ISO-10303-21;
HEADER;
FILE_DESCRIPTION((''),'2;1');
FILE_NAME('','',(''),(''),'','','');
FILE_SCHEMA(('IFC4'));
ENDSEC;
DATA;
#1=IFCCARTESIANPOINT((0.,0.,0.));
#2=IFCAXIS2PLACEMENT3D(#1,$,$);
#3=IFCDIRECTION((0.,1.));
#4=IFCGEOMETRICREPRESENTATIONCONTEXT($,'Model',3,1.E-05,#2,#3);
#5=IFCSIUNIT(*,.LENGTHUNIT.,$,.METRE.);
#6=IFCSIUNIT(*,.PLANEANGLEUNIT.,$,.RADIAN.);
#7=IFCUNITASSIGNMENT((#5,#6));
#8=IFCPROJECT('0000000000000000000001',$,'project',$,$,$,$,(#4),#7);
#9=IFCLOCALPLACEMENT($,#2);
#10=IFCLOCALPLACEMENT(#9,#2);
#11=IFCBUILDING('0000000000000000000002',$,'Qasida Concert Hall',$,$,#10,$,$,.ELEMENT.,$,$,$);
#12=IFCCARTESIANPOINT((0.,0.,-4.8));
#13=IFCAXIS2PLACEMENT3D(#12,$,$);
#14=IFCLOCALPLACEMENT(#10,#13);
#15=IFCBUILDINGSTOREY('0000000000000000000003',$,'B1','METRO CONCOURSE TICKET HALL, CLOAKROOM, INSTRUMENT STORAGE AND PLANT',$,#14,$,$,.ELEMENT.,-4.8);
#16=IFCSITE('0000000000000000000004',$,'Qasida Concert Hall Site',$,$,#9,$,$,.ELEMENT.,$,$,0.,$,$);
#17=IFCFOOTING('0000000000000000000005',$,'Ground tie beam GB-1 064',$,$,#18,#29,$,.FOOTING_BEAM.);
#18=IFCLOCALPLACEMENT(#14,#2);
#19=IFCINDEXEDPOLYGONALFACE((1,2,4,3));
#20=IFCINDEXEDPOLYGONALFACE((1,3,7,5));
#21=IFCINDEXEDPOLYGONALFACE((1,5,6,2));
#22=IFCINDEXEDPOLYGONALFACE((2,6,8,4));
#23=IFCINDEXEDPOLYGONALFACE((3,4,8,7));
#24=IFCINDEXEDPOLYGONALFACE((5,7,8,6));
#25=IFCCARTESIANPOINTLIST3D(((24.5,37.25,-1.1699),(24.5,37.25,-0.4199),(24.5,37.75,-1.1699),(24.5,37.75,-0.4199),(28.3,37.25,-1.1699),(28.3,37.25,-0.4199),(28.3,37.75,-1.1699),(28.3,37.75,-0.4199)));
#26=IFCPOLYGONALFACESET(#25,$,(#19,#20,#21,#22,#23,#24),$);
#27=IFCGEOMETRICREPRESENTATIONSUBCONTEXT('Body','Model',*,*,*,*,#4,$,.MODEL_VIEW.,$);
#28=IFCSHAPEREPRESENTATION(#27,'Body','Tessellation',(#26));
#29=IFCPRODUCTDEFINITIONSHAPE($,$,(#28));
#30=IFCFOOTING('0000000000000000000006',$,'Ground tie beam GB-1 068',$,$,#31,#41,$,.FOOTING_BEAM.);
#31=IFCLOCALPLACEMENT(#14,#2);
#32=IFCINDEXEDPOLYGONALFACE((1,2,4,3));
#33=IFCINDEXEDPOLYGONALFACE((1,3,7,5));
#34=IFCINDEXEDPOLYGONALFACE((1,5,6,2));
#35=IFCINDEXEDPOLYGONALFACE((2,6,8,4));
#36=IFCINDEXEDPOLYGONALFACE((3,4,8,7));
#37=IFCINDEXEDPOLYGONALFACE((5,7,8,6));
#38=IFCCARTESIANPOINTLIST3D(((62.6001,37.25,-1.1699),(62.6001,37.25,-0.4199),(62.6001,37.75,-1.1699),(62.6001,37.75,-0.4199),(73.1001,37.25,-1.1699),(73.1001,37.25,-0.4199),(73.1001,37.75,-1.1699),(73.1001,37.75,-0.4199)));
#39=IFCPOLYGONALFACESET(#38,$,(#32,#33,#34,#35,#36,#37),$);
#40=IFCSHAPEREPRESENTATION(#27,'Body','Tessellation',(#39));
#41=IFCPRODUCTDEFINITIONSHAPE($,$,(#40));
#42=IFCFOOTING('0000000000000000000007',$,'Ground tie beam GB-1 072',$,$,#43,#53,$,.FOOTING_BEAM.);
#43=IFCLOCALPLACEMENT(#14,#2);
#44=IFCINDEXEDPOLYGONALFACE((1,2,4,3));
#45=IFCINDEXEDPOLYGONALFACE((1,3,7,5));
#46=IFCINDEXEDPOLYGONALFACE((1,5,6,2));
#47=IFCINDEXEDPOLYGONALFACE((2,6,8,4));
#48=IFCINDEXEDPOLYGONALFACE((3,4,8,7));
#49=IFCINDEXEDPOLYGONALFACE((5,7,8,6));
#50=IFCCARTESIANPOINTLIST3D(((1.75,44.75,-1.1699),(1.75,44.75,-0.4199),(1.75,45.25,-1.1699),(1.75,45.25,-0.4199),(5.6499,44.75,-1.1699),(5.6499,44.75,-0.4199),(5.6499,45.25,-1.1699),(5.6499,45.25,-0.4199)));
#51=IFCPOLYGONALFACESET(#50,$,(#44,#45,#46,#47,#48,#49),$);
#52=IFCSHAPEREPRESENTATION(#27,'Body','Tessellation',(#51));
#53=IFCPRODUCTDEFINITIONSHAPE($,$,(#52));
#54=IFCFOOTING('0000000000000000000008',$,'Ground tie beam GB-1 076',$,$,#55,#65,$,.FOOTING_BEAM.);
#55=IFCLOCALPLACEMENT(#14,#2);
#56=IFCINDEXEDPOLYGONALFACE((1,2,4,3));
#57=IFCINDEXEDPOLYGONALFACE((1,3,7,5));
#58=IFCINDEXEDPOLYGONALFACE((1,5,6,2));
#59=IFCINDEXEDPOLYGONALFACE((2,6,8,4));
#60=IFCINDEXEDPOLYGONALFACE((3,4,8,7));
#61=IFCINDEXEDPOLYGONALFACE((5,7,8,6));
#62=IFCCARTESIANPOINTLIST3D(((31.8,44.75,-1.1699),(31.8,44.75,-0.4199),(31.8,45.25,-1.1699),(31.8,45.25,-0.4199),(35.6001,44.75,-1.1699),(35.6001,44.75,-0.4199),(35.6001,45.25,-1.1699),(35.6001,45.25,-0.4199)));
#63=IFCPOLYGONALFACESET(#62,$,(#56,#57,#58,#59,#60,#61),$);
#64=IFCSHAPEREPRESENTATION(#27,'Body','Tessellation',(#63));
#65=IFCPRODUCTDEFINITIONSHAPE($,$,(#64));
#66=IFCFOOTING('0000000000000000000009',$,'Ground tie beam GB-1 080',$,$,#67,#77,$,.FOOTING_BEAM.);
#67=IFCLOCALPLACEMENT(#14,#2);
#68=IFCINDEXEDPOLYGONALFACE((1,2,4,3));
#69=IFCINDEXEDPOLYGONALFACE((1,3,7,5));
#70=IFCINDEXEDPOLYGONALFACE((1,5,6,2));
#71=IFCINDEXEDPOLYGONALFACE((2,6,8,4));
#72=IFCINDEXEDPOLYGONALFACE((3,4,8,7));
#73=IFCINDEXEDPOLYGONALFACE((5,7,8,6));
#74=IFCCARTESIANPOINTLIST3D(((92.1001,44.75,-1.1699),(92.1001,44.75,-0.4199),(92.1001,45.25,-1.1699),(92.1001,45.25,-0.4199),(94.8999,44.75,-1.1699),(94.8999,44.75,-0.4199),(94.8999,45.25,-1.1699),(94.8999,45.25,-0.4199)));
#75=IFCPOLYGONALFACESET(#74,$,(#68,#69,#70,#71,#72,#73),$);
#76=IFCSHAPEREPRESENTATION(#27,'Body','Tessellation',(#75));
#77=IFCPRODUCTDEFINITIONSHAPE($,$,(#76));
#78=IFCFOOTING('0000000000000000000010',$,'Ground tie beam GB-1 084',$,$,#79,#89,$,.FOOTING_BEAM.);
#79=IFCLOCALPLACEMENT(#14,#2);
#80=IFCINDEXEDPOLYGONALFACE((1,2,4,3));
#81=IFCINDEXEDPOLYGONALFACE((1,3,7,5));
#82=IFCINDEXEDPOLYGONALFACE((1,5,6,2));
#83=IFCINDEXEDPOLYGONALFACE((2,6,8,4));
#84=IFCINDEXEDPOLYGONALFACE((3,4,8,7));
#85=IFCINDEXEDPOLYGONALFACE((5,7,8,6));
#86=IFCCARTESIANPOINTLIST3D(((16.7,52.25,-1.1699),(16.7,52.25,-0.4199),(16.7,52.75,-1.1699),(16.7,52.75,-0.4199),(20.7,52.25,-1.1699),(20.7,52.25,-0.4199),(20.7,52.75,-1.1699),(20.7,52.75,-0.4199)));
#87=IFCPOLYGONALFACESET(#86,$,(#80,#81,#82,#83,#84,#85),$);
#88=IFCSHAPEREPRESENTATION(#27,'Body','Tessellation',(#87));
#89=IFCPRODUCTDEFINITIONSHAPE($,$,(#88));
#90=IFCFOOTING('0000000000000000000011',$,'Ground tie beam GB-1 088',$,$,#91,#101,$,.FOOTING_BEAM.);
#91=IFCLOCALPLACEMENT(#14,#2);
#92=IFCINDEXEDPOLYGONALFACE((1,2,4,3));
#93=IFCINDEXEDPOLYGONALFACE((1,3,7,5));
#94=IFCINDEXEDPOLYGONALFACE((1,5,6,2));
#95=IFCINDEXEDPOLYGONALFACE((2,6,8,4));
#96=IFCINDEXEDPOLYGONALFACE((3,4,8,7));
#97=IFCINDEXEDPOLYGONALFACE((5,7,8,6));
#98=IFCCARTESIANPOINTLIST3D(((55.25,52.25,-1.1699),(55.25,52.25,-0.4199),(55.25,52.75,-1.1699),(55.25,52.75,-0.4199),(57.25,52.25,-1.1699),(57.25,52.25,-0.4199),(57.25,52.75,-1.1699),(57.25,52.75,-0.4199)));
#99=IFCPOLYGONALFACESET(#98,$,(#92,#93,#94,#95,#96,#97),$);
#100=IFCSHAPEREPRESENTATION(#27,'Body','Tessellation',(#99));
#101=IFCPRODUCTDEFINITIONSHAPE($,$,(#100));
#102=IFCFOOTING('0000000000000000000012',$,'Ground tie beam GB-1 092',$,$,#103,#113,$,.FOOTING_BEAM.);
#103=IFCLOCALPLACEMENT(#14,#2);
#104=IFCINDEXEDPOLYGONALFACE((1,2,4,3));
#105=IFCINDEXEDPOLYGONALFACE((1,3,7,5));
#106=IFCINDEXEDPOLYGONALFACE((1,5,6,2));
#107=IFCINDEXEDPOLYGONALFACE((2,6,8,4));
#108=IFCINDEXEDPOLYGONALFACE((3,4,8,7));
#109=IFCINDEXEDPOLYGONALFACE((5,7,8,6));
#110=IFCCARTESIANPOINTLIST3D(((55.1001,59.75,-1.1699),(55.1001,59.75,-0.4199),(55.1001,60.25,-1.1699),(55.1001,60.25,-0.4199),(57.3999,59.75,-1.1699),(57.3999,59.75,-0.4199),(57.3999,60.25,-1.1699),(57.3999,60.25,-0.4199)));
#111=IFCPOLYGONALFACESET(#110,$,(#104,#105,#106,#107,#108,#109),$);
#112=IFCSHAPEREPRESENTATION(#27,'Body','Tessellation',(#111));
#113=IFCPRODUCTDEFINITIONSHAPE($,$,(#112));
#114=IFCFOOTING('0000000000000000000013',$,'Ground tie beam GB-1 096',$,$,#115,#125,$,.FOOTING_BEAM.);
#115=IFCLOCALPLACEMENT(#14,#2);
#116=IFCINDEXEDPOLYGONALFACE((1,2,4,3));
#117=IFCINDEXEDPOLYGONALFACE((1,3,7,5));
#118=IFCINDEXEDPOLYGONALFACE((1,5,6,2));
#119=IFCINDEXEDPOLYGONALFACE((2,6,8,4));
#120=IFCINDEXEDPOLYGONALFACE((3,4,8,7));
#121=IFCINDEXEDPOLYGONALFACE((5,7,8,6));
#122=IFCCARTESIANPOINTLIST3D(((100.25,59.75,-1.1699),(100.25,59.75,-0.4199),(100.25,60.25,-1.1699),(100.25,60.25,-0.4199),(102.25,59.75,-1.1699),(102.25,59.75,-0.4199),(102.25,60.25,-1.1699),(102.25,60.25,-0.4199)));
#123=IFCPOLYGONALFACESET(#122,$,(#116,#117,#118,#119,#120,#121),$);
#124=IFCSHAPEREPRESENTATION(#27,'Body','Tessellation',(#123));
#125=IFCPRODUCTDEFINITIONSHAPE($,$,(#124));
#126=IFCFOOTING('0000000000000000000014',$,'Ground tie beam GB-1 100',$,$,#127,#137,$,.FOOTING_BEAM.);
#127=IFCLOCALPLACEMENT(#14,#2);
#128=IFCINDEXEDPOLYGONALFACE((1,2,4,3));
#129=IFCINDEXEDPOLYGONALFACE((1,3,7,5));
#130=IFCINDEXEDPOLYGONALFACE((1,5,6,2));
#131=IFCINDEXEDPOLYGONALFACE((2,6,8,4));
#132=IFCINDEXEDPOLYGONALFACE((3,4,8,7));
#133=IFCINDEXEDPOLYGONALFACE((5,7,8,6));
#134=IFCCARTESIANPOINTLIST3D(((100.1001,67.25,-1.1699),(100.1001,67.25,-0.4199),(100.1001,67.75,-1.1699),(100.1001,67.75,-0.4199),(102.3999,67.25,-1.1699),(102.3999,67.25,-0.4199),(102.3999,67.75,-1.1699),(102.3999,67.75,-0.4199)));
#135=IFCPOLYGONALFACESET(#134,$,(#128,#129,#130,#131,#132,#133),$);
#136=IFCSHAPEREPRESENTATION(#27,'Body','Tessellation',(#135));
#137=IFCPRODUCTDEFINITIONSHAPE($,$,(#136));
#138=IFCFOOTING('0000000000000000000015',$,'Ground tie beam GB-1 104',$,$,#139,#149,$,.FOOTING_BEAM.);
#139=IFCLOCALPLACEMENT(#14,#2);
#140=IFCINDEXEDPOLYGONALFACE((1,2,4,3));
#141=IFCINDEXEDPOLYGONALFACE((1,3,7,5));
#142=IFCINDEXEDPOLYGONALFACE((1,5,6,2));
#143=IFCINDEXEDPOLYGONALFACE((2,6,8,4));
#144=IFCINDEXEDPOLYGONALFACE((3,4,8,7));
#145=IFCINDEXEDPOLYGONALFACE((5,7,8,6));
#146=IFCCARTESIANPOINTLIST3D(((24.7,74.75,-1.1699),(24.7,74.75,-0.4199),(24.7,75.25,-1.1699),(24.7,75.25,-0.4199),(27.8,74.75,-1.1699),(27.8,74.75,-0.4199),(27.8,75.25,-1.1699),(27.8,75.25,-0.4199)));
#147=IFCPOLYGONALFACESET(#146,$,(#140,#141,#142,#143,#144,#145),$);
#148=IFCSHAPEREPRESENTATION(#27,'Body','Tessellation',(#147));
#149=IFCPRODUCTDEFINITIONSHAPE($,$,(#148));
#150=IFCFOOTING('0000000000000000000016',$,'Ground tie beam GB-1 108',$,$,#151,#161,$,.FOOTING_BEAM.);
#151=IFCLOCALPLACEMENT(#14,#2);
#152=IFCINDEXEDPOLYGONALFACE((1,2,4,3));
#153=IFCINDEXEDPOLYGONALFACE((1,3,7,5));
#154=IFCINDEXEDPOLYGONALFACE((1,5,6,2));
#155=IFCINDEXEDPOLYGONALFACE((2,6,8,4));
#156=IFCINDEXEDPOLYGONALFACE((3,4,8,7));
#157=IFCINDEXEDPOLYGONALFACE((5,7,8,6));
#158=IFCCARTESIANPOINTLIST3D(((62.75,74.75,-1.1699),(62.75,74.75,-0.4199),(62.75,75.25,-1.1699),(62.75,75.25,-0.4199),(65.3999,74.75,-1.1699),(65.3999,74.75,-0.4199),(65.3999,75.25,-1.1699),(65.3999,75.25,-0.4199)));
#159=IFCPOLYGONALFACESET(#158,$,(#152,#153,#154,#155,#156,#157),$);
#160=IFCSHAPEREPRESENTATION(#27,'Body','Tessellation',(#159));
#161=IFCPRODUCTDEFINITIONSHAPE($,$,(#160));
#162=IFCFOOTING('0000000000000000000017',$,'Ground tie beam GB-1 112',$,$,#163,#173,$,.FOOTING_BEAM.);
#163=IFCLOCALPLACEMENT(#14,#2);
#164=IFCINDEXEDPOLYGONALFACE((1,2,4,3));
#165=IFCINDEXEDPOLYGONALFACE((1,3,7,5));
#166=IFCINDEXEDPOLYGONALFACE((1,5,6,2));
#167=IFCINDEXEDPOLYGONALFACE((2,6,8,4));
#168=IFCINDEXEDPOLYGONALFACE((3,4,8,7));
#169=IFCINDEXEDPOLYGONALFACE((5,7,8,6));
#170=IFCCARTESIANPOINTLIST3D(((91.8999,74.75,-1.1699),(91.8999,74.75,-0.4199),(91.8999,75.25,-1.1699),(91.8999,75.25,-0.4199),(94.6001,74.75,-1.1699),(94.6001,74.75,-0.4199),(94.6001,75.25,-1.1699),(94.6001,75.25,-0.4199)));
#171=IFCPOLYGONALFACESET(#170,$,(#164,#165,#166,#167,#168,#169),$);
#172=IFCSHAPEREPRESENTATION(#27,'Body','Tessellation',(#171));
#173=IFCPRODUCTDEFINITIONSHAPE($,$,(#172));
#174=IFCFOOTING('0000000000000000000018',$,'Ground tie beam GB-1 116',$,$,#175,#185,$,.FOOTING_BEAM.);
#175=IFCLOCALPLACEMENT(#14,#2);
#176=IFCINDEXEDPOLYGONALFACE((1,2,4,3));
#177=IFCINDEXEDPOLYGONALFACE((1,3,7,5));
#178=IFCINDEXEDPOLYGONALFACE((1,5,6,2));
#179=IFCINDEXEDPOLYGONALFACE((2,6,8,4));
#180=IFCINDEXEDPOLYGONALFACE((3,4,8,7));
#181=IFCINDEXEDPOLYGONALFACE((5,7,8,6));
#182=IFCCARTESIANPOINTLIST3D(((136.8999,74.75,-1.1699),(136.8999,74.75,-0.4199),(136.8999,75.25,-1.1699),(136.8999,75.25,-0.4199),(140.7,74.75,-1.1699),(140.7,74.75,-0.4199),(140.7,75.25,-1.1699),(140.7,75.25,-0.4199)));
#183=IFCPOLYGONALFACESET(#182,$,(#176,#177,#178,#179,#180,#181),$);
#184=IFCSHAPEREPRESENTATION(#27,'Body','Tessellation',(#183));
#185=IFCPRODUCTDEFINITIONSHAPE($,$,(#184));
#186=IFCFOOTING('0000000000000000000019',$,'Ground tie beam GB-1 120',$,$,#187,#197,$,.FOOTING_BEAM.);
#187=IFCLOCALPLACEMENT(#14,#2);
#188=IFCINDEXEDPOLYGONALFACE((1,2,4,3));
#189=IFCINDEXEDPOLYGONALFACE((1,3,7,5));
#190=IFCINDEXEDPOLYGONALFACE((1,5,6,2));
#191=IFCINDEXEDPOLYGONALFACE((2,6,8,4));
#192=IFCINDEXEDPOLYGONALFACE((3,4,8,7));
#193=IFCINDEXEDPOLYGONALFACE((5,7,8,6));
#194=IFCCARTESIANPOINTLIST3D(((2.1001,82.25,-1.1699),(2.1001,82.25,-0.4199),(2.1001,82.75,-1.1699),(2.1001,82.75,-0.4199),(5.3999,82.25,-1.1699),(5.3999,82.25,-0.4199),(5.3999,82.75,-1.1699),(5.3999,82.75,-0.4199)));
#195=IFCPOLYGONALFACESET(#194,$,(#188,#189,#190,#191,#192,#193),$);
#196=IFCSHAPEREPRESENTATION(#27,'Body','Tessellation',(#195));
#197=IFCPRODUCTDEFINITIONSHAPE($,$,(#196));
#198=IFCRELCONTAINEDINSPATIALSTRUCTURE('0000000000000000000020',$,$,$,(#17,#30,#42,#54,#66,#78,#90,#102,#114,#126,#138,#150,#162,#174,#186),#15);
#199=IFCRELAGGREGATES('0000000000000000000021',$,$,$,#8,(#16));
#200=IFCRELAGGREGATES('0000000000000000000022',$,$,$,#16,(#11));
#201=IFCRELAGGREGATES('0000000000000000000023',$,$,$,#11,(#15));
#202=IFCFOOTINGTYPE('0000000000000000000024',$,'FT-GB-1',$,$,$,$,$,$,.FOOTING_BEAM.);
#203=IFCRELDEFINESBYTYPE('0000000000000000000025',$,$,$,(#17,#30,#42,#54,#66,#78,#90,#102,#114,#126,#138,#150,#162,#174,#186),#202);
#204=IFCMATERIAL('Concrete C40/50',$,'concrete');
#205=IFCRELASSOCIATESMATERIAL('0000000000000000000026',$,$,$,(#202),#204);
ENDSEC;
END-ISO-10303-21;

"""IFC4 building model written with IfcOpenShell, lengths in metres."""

from ifc_helpers import new_model, si_unit, direction, frame, origin, place, context, subcontext, project, spatial, polyline, outline, extrude, material, type_object, element, save


model = new_model("IFC4")

# Units and contexts
model_context = context("Model", 3, precision=1e-05, world=origin(), true_north=direction((0.0, 1.0)))
body_context = subcontext(model_context, "Body", "Model", "MODEL_VIEW")
ifc_project = project(units=[si_unit("LENGTHUNIT", "METRE"), si_unit("PLANEANGLEUNIT", "RADIAN")], contexts=[model_context])

# Site, building, storey
site_placement = place(None, origin())
site = spatial("IfcSite", under=ifc_project, at=site_placement, Name="Qasida Concert Hall Site", CompositionType="ELEMENT", RefElevation=0.0)
building_placement = place(site_placement, origin())
building = spatial("IfcBuilding", under=site, at=building_placement, Name="Qasida Concert Hall", CompositionType="ELEMENT")
storey_placement = place(building_placement, frame((0.0, 0.0, -4.8)))
storey = spatial("IfcBuildingStorey", under=building, at=storey_placement, Name="B1", Description="METRO CONCOURSE TICKET HALL, CLOAKROOM, INSTRUMENT STORAGE AND PLANT", CompositionType="ELEMENT", Elevation=-4.8)

# Footings
ifc_material = material(Name="Concrete C40/50", Category="concrete")
footing_type_1 = type_object("IfcFootingType", Name="FT-GB-1", PredefinedType="FOOTING_BEAM", material=ifc_material)
footing_1_placement = place(storey_placement, frame((0.0, 0.0, -1.1699)))
element("IfcFooting", 1, at=footing_1_placement, inside=storey, type_object=footing_type_1, Name="Ground tie beam GB-1 064", PredefinedType="FOOTING_BEAM", context=body_context, shape_type="SweptSolid", body=[
    extrude(outline(polyline([(24.5, 37.25), (28.3, 37.25), (28.3, 37.75), (24.5, 37.75), (24.5, 37.25)])), origin(), (0.0, 0.0, 1.0), 0.75),
])
footing_2_placement = place(storey_placement, frame((0.0, 0.0, -1.1699)))
element("IfcFooting", 2, at=footing_2_placement, inside=storey, type_object=footing_type_1, Name="Ground tie beam GB-1 068", PredefinedType="FOOTING_BEAM", context=body_context, shape_type="SweptSolid", body=[
    extrude(outline(polyline([(62.6001, 37.25), (73.1001, 37.25), (73.1001, 37.75), (62.6001, 37.75), (62.6001, 37.25)])), origin(), (0.0, 0.0, 1.0), 0.75),
])
footing_3_placement = place(storey_placement, frame((0.0, 0.0, -1.1699)))
element("IfcFooting", 3, at=footing_3_placement, inside=storey, type_object=footing_type_1, Name="Ground tie beam GB-1 072", PredefinedType="FOOTING_BEAM", context=body_context, shape_type="SweptSolid", body=[
    extrude(outline(polyline([(1.75, 44.75), (5.6499, 44.75), (5.6499, 45.25), (1.75, 45.25), (1.75, 44.75)])), origin(), (0.0, 0.0, 1.0), 0.75),
])
footing_4_placement = place(storey_placement, frame((0.0, 0.0, -1.1699)))
element("IfcFooting", 4, at=footing_4_placement, inside=storey, type_object=footing_type_1, Name="Ground tie beam GB-1 076", PredefinedType="FOOTING_BEAM", context=body_context, shape_type="SweptSolid", body=[
    extrude(outline(polyline([(31.8, 44.75), (35.6001, 44.75), (35.6001, 45.25), (31.8, 45.25), (31.8, 44.75)])), origin(), (0.0, 0.0, 1.0), 0.75),
])
footing_5_placement = place(storey_placement, frame((0.0, 0.0, -1.1699)))
element("IfcFooting", 5, at=footing_5_placement, inside=storey, type_object=footing_type_1, Name="Ground tie beam GB-1 080", PredefinedType="FOOTING_BEAM", context=body_context, shape_type="SweptSolid", body=[
    extrude(outline(polyline([(92.1001, 44.75), (94.8999, 44.75), (94.8999, 45.25), (92.1001, 45.25), (92.1001, 44.75)])), origin(), (0.0, 0.0, 1.0), 0.75),
])
footing_6_placement = place(storey_placement, frame((0.0, 0.0, -1.1699)))
element("IfcFooting", 6, at=footing_6_placement, inside=storey, type_object=footing_type_1, Name="Ground tie beam GB-1 084", PredefinedType="FOOTING_BEAM", context=body_context, shape_type="SweptSolid", body=[
    extrude(outline(polyline([(16.7, 52.25), (20.7, 52.25), (20.7, 52.75), (16.7, 52.75), (16.7, 52.25)])), origin(), (0.0, 0.0, 1.0), 0.75),
])
footing_7_placement = place(storey_placement, frame((0.0, 0.0, -1.1699)))
element("IfcFooting", 7, at=footing_7_placement, inside=storey, type_object=footing_type_1, Name="Ground tie beam GB-1 088", PredefinedType="FOOTING_BEAM", context=body_context, shape_type="SweptSolid", body=[
    extrude(outline(polyline([(55.25, 52.25), (57.25, 52.25), (57.25, 52.75), (55.25, 52.75), (55.25, 52.25)])), origin(), (0.0, 0.0, 1.0), 0.75),
])
footing_8_placement = place(storey_placement, frame((0.0, 0.0, -1.1699)))
element("IfcFooting", 8, at=footing_8_placement, inside=storey, type_object=footing_type_1, Name="Ground tie beam GB-1 092", PredefinedType="FOOTING_BEAM", context=body_context, shape_type="SweptSolid", body=[
    extrude(outline(polyline([(55.1001, 59.75), (57.3999, 59.75), (57.3999, 60.25), (55.1001, 60.25), (55.1001, 59.75)])), origin(), (0.0, 0.0, 1.0), 0.75),
])
footing_9_placement = place(storey_placement, frame((0.0, 0.0, -1.1699)))
element("IfcFooting", 9, at=footing_9_placement, inside=storey, type_object=footing_type_1, Name="Ground tie beam GB-1 096", PredefinedType="FOOTING_BEAM", context=body_context, shape_type="SweptSolid", body=[
    extrude(outline(polyline([(100.25, 59.75), (102.25, 59.75), (102.25, 60.25), (100.25, 60.25), (100.25, 59.75)])), origin(), (0.0, 0.0, 1.0), 0.75),
])
footing_10_placement = place(storey_placement, frame((0.0, 0.0, -1.1699)))
element("IfcFooting", 10, at=footing_10_placement, inside=storey, type_object=footing_type_1, Name="Ground tie beam GB-1 100", PredefinedType="FOOTING_BEAM", context=body_context, shape_type="SweptSolid", body=[
    extrude(outline(polyline([(100.1001, 67.25), (102.3999, 67.25), (102.3999, 67.75), (100.1001, 67.75), (100.1001, 67.25)])), origin(), (0.0, 0.0, 1.0), 0.75),
])
footing_11_placement = place(storey_placement, frame((0.0, 0.0, -1.1699)))
element("IfcFooting", 11, at=footing_11_placement, inside=storey, type_object=footing_type_1, Name="Ground tie beam GB-1 104", PredefinedType="FOOTING_BEAM", context=body_context, shape_type="SweptSolid", body=[
    extrude(outline(polyline([(24.7, 74.75), (27.8, 74.75), (27.8, 75.25), (24.7, 75.25), (24.7, 74.75)])), origin(), (0.0, 0.0, 1.0), 0.75),
])
footing_12_placement = place(storey_placement, frame((0.0, 0.0, -1.1699)))
element("IfcFooting", 12, at=footing_12_placement, inside=storey, type_object=footing_type_1, Name="Ground tie beam GB-1 108", PredefinedType="FOOTING_BEAM", context=body_context, shape_type="SweptSolid", body=[
    extrude(outline(polyline([(62.75, 74.75), (65.3999, 74.75), (65.3999, 75.25), (62.75, 75.25), (62.75, 74.75)])), origin(), (0.0, 0.0, 1.0), 0.75),
])
footing_13_placement = place(storey_placement, frame((0.0, 0.0, -1.1699)))
element("IfcFooting", 13, at=footing_13_placement, inside=storey, type_object=footing_type_1, Name="Ground tie beam GB-1 112", PredefinedType="FOOTING_BEAM", context=body_context, shape_type="SweptSolid", body=[
    extrude(outline(polyline([(91.8999, 74.75), (94.6001, 74.75), (94.6001, 75.25), (91.8999, 75.25), (91.8999, 74.75)])), origin(), (0.0, 0.0, 1.0), 0.75),
])
footing_14_placement = place(storey_placement, frame((0.0, 0.0, -1.1699)))
element("IfcFooting", 14, at=footing_14_placement, inside=storey, type_object=footing_type_1, Name="Ground tie beam GB-1 116", PredefinedType="FOOTING_BEAM", context=body_context, shape_type="SweptSolid", body=[
    extrude(outline(polyline([(136.8999, 74.75), (140.7, 74.75), (140.7, 75.25), (136.8999, 75.25), (136.8999, 74.75)])), origin(), (0.0, 0.0, 1.0), 0.75),
])
footing_15_placement = place(storey_placement, frame((0.0, 0.0, -1.1699)))
element("IfcFooting", 15, at=footing_15_placement, inside=storey, type_object=footing_type_1, Name="Ground tie beam GB-1 120", PredefinedType="FOOTING_BEAM", context=body_context, shape_type="SweptSolid", body=[
    extrude(outline(polyline([(2.1001, 82.25), (5.3999, 82.25), (5.3999, 82.75), (2.1001, 82.75), (2.1001, 82.25)])), origin(), (0.0, 0.0, 1.0), 0.75),
])

save(model, "model.ifc")
